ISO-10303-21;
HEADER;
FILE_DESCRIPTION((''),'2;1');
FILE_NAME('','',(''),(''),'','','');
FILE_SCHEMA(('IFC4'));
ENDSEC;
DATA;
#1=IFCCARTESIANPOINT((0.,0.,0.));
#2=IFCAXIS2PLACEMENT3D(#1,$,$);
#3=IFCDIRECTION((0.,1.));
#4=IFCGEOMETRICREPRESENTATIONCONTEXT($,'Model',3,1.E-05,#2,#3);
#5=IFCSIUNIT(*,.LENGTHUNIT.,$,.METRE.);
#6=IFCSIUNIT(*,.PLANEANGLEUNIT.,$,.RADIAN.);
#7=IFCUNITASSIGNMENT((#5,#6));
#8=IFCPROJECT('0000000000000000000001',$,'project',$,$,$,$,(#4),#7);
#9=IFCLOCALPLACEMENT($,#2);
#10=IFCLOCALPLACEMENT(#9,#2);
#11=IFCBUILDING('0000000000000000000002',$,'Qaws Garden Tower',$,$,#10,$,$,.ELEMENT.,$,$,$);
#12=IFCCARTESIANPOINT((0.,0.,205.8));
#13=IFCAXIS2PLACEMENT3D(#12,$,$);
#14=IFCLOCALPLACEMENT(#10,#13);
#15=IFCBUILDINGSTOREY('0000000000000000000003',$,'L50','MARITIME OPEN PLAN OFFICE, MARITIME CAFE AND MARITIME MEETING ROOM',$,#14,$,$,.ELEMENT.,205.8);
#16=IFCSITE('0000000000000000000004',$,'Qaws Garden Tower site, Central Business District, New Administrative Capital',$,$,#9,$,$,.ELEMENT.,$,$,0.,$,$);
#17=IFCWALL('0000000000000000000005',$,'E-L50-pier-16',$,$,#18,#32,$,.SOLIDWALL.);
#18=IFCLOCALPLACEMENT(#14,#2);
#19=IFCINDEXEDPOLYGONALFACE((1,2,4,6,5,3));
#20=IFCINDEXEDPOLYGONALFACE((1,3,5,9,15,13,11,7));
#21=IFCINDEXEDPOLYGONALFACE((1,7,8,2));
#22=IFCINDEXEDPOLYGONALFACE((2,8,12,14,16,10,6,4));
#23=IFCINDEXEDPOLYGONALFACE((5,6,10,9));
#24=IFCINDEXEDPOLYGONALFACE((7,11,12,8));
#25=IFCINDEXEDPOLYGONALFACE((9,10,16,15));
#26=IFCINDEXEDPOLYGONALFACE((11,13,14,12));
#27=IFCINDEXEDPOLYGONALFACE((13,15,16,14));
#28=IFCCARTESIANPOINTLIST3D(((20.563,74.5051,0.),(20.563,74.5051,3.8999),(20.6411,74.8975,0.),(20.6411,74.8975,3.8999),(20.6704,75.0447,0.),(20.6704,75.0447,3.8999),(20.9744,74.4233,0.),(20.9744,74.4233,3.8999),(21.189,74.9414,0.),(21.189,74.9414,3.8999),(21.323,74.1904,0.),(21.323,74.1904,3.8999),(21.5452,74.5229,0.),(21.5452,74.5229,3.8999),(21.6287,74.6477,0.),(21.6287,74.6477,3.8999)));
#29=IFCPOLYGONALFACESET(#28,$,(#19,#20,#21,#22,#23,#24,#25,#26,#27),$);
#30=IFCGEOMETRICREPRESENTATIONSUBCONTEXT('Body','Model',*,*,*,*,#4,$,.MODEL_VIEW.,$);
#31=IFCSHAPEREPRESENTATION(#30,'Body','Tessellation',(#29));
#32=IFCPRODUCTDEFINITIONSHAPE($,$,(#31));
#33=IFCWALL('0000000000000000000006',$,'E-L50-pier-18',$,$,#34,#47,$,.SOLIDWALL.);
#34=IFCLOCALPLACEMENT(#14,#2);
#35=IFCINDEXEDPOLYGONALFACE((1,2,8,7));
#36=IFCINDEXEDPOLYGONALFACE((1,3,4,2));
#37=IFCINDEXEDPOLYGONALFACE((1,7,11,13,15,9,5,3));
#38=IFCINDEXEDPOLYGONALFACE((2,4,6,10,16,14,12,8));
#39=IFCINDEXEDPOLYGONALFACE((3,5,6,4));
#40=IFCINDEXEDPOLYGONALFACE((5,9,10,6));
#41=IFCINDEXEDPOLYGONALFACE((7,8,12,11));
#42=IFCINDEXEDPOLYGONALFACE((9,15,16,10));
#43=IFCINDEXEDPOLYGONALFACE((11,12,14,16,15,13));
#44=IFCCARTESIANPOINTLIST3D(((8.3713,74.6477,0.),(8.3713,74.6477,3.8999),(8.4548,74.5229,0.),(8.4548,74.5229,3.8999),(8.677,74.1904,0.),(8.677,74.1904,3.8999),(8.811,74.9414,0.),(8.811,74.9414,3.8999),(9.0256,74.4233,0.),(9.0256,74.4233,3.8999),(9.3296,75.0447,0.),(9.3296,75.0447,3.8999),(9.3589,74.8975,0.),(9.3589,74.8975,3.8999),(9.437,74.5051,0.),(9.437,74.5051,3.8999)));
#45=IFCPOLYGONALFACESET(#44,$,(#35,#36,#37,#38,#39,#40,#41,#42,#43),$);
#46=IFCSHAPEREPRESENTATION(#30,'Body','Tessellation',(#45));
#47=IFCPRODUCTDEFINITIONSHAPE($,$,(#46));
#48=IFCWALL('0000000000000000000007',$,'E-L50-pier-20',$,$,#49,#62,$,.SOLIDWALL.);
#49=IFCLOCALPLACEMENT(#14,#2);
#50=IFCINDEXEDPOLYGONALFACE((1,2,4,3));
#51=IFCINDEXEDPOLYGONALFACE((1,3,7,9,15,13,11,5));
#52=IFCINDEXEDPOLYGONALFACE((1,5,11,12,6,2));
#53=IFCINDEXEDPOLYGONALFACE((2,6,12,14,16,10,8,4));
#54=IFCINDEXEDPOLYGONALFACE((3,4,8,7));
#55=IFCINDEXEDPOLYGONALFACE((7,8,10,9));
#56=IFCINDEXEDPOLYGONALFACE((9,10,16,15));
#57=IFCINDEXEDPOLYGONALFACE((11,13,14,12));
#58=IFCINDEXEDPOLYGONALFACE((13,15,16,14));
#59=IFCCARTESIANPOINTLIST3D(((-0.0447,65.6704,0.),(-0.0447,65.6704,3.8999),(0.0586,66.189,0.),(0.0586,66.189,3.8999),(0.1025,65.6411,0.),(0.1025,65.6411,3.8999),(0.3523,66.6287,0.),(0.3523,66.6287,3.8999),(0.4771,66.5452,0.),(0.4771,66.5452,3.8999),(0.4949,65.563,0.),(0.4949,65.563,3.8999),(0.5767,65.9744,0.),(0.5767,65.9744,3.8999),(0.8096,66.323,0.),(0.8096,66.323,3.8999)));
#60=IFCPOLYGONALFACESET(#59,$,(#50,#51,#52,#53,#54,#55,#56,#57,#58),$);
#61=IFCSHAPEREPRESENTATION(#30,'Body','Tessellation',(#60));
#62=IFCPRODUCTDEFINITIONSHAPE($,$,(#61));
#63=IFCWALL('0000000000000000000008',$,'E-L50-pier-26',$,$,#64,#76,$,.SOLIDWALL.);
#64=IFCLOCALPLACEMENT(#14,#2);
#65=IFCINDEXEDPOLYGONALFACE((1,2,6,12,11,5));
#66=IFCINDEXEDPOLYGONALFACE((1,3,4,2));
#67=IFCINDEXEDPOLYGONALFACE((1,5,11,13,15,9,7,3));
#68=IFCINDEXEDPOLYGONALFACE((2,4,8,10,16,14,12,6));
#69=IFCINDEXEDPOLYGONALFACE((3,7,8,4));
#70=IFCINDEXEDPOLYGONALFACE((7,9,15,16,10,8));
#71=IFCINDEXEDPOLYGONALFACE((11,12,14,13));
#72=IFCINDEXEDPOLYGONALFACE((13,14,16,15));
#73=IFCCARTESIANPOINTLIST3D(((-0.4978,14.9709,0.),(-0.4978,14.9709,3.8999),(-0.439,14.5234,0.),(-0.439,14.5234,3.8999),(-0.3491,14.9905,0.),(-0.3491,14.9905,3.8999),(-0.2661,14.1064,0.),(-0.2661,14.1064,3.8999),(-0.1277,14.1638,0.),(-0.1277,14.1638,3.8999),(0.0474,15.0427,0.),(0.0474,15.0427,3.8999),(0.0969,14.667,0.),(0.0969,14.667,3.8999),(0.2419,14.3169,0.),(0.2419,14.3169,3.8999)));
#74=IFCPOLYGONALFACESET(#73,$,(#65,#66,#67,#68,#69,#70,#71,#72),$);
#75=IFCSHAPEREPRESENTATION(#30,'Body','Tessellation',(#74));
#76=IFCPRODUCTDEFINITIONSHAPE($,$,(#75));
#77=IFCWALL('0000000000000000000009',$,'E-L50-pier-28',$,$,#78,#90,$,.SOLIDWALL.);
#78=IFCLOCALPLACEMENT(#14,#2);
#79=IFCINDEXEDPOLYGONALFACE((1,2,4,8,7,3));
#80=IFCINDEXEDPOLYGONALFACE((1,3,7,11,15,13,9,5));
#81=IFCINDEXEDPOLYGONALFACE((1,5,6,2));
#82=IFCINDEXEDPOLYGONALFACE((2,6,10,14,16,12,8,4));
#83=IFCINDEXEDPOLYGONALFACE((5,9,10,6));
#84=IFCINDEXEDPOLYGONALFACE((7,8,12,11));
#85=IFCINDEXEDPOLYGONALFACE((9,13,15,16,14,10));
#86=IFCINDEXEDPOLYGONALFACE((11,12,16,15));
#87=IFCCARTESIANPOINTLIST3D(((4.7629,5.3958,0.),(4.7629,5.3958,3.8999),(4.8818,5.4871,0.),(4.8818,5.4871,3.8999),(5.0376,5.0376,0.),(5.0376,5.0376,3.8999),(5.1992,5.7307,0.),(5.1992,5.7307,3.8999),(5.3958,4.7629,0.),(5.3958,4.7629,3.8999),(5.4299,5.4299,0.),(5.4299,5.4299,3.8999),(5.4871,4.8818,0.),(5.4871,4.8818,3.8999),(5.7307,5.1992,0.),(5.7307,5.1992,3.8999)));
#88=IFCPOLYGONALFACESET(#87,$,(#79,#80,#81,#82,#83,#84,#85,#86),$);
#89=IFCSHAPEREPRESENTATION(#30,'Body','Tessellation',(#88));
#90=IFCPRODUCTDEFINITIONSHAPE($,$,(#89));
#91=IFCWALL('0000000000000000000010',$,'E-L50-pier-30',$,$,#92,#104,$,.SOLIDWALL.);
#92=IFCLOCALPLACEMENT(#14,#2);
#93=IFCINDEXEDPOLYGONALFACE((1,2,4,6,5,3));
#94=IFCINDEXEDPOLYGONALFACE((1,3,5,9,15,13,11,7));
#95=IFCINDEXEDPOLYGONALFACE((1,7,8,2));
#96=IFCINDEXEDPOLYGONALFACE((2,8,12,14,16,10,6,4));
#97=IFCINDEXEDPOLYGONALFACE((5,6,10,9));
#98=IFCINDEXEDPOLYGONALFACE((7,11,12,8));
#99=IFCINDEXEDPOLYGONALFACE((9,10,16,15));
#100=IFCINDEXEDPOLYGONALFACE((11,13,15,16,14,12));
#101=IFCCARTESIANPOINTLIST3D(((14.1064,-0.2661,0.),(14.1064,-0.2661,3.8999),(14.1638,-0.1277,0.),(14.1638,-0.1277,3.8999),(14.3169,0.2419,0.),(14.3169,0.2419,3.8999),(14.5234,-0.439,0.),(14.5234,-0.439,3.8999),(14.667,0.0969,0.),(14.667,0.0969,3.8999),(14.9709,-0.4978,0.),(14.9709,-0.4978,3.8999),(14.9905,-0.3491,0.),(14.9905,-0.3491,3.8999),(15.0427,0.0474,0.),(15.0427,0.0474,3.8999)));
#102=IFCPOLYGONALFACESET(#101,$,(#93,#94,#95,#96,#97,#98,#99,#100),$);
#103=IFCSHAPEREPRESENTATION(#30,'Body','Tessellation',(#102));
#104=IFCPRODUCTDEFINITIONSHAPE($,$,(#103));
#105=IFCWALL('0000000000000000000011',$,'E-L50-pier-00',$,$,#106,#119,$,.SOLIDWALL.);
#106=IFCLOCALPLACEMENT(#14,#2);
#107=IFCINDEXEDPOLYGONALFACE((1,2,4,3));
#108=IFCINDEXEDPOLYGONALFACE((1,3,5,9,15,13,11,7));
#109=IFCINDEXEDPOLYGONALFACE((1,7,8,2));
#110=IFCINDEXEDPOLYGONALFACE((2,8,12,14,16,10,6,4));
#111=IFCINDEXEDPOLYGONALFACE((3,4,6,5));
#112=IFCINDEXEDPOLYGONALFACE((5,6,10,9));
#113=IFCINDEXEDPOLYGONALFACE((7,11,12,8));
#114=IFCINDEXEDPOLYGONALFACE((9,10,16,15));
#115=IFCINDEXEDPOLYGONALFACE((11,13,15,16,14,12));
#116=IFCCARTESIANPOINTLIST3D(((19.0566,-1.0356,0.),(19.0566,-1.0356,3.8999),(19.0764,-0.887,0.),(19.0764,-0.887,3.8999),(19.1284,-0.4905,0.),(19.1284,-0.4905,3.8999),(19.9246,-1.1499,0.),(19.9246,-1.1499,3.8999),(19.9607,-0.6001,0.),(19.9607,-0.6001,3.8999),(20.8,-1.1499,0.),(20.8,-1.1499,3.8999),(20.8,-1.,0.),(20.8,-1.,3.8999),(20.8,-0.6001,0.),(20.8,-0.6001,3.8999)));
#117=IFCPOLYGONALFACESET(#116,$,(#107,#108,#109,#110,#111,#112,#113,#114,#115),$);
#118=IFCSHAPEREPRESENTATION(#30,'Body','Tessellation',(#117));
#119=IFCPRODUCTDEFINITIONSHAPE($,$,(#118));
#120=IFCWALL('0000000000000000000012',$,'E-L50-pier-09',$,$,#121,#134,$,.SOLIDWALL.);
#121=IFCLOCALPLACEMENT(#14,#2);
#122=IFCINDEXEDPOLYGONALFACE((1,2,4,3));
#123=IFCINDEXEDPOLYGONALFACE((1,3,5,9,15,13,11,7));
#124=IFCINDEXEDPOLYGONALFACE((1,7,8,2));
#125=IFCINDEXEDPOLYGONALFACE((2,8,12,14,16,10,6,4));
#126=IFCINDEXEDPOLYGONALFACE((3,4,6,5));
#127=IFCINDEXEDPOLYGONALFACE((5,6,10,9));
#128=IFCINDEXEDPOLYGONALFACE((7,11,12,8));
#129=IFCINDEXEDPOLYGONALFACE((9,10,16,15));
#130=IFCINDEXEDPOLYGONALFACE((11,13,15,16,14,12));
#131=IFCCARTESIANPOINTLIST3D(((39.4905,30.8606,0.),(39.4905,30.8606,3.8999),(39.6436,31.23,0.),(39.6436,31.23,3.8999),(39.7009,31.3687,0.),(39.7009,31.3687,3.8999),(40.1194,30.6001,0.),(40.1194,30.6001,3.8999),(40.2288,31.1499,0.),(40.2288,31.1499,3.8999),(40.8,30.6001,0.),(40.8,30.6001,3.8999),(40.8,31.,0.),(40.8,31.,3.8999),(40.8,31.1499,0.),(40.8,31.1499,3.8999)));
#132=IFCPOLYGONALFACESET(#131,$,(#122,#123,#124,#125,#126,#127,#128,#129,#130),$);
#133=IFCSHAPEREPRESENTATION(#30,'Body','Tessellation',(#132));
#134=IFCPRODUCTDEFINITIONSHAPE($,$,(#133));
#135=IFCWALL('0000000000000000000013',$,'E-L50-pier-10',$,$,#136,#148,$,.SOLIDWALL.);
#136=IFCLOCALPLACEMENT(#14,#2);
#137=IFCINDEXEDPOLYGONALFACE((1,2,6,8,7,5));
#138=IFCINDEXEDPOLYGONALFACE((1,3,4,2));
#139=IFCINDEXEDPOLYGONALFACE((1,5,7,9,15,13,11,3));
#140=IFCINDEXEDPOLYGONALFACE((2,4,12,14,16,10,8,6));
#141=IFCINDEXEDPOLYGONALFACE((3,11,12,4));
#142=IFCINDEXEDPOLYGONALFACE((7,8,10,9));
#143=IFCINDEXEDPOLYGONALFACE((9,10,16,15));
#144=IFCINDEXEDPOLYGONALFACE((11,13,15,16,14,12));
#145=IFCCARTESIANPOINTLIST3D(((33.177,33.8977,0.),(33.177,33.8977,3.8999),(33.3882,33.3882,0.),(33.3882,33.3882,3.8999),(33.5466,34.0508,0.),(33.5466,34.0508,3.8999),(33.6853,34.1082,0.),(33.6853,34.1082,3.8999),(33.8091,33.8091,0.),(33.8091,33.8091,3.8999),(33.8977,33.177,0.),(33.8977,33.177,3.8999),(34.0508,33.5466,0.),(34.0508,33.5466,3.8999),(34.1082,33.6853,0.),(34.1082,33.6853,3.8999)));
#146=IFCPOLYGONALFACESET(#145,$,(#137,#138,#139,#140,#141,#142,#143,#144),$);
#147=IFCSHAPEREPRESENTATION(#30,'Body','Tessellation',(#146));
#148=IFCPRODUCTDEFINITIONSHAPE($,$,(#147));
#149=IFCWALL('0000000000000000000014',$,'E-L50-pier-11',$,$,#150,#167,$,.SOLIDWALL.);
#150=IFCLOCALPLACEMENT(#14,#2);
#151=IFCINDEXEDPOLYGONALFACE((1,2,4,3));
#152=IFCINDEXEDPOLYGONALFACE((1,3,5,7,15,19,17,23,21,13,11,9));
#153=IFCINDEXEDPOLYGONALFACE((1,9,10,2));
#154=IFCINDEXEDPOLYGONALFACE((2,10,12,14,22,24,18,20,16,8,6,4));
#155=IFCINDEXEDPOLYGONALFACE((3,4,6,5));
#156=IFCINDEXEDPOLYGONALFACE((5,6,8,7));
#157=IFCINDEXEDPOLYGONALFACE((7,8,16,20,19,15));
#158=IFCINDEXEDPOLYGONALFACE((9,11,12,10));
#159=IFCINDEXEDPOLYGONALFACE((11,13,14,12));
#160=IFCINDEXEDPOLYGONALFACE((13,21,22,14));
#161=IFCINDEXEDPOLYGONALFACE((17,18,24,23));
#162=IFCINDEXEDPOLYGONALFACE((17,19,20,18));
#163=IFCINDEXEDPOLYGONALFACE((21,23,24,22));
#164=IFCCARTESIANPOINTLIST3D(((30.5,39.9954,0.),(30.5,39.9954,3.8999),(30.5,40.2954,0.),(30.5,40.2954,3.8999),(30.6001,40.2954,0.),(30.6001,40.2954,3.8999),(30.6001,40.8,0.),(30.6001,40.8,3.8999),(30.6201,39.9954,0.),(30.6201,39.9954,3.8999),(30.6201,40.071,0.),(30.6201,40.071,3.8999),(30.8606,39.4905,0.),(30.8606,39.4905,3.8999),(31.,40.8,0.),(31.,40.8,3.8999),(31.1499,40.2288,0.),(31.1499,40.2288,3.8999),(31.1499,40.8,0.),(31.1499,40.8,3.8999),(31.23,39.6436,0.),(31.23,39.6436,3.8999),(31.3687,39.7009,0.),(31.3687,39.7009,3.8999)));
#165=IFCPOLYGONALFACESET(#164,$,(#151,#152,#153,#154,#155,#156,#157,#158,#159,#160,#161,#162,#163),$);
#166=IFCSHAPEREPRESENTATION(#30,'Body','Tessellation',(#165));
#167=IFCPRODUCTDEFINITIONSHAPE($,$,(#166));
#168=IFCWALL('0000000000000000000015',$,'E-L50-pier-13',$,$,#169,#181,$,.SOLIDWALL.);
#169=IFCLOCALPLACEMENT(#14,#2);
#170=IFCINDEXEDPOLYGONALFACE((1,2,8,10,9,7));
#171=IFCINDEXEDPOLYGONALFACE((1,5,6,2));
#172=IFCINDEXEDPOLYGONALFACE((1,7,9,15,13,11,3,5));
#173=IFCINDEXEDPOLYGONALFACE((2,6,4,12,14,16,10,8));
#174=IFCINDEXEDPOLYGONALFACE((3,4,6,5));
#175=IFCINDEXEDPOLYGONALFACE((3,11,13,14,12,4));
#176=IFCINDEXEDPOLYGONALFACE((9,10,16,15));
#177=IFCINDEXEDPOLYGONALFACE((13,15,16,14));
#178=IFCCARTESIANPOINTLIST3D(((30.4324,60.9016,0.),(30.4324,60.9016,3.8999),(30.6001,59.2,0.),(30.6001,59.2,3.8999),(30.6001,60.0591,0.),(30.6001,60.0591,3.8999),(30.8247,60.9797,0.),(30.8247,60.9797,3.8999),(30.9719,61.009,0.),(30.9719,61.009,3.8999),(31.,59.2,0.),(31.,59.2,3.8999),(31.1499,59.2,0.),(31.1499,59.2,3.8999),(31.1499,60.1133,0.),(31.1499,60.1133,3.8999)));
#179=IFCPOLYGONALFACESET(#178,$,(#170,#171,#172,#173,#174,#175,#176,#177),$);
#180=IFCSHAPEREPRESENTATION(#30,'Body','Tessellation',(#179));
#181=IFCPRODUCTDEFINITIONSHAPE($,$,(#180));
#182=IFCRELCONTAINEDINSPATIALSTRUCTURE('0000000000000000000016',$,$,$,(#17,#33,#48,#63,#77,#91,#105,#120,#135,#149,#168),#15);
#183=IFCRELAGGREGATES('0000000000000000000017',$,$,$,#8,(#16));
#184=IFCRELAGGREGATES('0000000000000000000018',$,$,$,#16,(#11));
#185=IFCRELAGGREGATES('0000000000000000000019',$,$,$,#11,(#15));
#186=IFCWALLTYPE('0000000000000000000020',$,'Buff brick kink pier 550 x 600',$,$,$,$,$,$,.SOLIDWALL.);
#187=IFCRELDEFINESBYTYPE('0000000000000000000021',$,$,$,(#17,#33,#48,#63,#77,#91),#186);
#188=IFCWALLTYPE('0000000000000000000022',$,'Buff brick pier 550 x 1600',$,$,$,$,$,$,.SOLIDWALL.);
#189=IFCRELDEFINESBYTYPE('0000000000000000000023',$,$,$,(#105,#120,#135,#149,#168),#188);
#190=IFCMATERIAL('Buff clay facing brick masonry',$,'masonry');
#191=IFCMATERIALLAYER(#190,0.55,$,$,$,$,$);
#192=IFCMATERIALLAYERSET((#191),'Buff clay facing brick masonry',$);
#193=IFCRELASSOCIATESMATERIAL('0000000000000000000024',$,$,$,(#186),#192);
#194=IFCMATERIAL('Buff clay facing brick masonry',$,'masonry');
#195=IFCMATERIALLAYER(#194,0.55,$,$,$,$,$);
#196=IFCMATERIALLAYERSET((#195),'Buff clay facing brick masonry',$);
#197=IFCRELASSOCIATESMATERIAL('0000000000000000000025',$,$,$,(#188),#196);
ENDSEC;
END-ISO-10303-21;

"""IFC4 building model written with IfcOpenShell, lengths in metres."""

from ifc_helpers import new_model, si_unit, direction, frame, origin, place, context, subcontext, project, spatial, polyline, outline, extrude, material, layer, layer_set, type_object, element, save


model = new_model("IFC4")

# Units and contexts
model_context = context("Model", 3, precision=1e-05, world=origin(), true_north=direction((0.0, 1.0)))
body_context = subcontext(model_context, "Body", "Model", "MODEL_VIEW")
ifc_project = project(units=[si_unit("LENGTHUNIT", "METRE"), si_unit("PLANEANGLEUNIT", "RADIAN")], contexts=[model_context])

# Site, building, storey
site_placement = place(None, origin())
site = spatial("IfcSite", under=ifc_project, at=site_placement, Name="Qaws Garden Tower site, Central Business District, New Administrative Capital", CompositionType="ELEMENT", RefElevation=0.0)
building_placement = place(site_placement, origin())
building = spatial("IfcBuilding", under=site, at=building_placement, Name="Qaws Garden Tower", CompositionType="ELEMENT")
storey_placement = place(building_placement, frame((0.0, 0.0, 205.8)))
storey = spatial("IfcBuildingStorey", under=building, at=storey_placement, Name="L50", Description="MARITIME OPEN PLAN OFFICE, MARITIME CAFE AND MARITIME MEETING ROOM", CompositionType="ELEMENT", Elevation=205.8)

# Walls
placement = place(storey_placement, origin())
ifc_material_1 = material(Name="Buff clay facing brick masonry", Category="masonry")
ifc_layer_1 = layer(ifc_material_1, 0.55)
ifc_layer_set_1 = layer_set([ifc_layer_1], Name="Buff clay facing brick masonry")
wall_type_1 = type_object("IfcWallType", Name="Buff brick kink pier 550 x 600", PredefinedType="SOLIDWALL", material=ifc_layer_set_1)
element("IfcWall", 1, at=placement, inside=storey, type_object=wall_type_1, Name="E-L50-pier-16", PredefinedType="SOLIDWALL", context=body_context, shape_type="SweptSolid", body=[
    extrude(outline(polyline([(21.5452, 74.5229), (21.6287, 74.6477), (21.189, 74.9414), (20.6704, 75.0447), (20.6411, 74.8975), (20.563, 74.5051), (20.9744, 74.4233), (21.323, 74.1904), (21.5452, 74.5229)])), origin(), (0.0, 0.0, 1.0), 3.8999),
])
element("IfcWall", 2, at=placement, inside=storey, type_object=wall_type_1, Name="E-L50-pier-18", PredefinedType="SOLIDWALL", context=body_context, shape_type="SweptSolid", body=[
    extrude(outline(polyline([(9.3589, 74.8975), (9.3296, 75.0447), (8.811, 74.9414), (8.3713, 74.6477), (8.4548, 74.5229), (8.677, 74.1904), (9.0256, 74.4233), (9.437, 74.5051), (9.3589, 74.8975)])), origin(), (0.0, 0.0, 1.0), 3.8999),
])
element("IfcWall", 3, at=placement, inside=storey, type_object=wall_type_1, Name="E-L50-pier-20", PredefinedType="SOLIDWALL", context=body_context, shape_type="SweptSolid", body=[
    extrude(outline(polyline([(0.4771, 66.5452), (0.3523, 66.6287), (0.0586, 66.189), (-0.0447, 65.6704), (0.1025, 65.6411), (0.4949, 65.563), (0.5767, 65.9744), (0.8096, 66.323), (0.4771, 66.5452)])), origin(), (0.0, 0.0, 1.0), 3.8999),
])
element("IfcWall", 4, at=placement, inside=storey, type_object=wall_type_1, Name="E-L50-pier-26", PredefinedType="SOLIDWALL", context=body_context, shape_type="SweptSolid", body=[
    extrude(outline(polyline([(-0.3491, 14.9905), (-0.4978, 14.9709), (-0.439, 14.5234), (-0.2661, 14.1064), (-0.1277, 14.1638), (0.2419, 14.3169), (0.0969, 14.667), (0.0474, 15.0427), (-0.3491, 14.9905)])), origin(), (0.0, 0.0, 1.0), 3.8999),
])
element("IfcWall", 5, at=placement, inside=storey, type_object=wall_type_1, Name="E-L50-pier-28", PredefinedType="SOLIDWALL", context=body_context, shape_type="SweptSolid", body=[
    extrude(outline(polyline([(4.8818, 5.4871), (4.7629, 5.3958), (5.0376, 5.0376), (5.3958, 4.7629), (5.4871, 4.8818), (5.7307, 5.1992), (5.4299, 5.4299), (5.1992, 5.7307), (4.8818, 5.4871)])), origin(), (0.0, 0.0, 1.0), 3.8999),
])
element("IfcWall", 6, at=placement, inside=storey, type_object=wall_type_1, Name="E-L50-pier-30", PredefinedType="SOLIDWALL", context=body_context, shape_type="SweptSolid", body=[
    extrude(outline(polyline([(14.1638, -0.1277), (14.1064, -0.2661), (14.5234, -0.439), (14.9709, -0.4978), (14.9905, -0.3491), (15.0427, 0.0474), (14.667, 0.0969), (14.3169, 0.2419), (14.1638, -0.1277)])), origin(), (0.0, 0.0, 1.0), 3.8999),
])
ifc_material_2 = material(Name="Buff clay facing brick masonry", Category="masonry")
ifc_layer_2 = layer(ifc_material_2, 0.55)
ifc_layer_set_2 = layer_set([ifc_layer_2], Name="Buff clay facing brick masonry")
wall_type_2 = type_object("IfcWallType", Name="Buff brick pier 550 x 1600", PredefinedType="SOLIDWALL", material=ifc_layer_set_2)
element("IfcWall", 7, at=placement, inside=storey, type_object=wall_type_2, Name="E-L50-pier-00", PredefinedType="SOLIDWALL", context=body_context, shape_type="SweptSolid", body=[
    extrude(outline(polyline([(19.0764, -0.887), (19.0566, -1.0356), (19.9246, -1.1499), (20.8, -1.1499), (20.8, -1.0), (20.8, -0.6001), (19.9607, -0.6001), (19.1284, -0.4905), (19.0764, -0.887)])), origin(), (0.0, 0.0, 1.0), 3.8999),
])
element("IfcWall", 8, at=placement, inside=storey, type_object=wall_type_2, Name="E-L50-pier-09", PredefinedType="SOLIDWALL", context=body_context, shape_type="SweptSolid", body=[
    extrude(outline(polyline([(40.8, 31.0), (40.8, 31.1499), (40.2288, 31.1499), (39.7009, 31.3687), (39.6436, 31.23), (39.4905, 30.8606), (40.1194, 30.6001), (40.8, 30.6001), (40.8, 31.0)])), origin(), (0.0, 0.0, 1.0), 3.8999),
])
element("IfcWall", 9, at=placement, inside=storey, type_object=wall_type_2, Name="E-L50-pier-10", PredefinedType="SOLIDWALL", context=body_context, shape_type="SweptSolid", body=[
    extrude(outline(polyline([(34.0508, 33.5466), (34.1082, 33.6853), (33.8091, 33.8091), (33.6853, 34.1082), (33.5466, 34.0508), (33.177, 33.8977), (33.3882, 33.3882), (33.8977, 33.177), (34.0508, 33.5466)])), origin(), (0.0, 0.0, 1.0), 3.8999),
])
element("IfcWall", 10, at=placement, inside=storey, type_object=wall_type_2, Name="E-L50-pier-11", PredefinedType="SOLIDWALL", context=body_context, shape_type="SweptSolid", body=[
    extrude(outline(polyline([(30.6201, 39.9954), (30.6201, 40.071), (30.8606, 39.4905), (31.23, 39.6436), (31.3687, 39.7009), (31.1499, 40.2288), (31.1499, 40.8), (31.0, 40.8), (30.6001, 40.8), (30.6001, 40.2954), (30.5, 40.2954), (30.5, 39.9954), (30.6201, 39.9954)])), origin(), (0.0, 0.0, 1.0), 3.8999),
])
element("IfcWall", 11, at=placement, inside=storey, type_object=wall_type_2, Name="E-L50-pier-13", PredefinedType="SOLIDWALL", context=body_context, shape_type="SweptSolid", body=[
    extrude(outline(polyline([(31.0, 59.2), (31.1499, 59.2), (31.1499, 60.1133), (30.9719, 61.009), (30.8247, 60.9797), (30.4324, 60.9016), (30.6001, 60.0591), (30.6001, 59.2), (31.0, 59.2)])), origin(), (0.0, 0.0, 1.0), 3.8999),
])

save(model, "model.ifc")
